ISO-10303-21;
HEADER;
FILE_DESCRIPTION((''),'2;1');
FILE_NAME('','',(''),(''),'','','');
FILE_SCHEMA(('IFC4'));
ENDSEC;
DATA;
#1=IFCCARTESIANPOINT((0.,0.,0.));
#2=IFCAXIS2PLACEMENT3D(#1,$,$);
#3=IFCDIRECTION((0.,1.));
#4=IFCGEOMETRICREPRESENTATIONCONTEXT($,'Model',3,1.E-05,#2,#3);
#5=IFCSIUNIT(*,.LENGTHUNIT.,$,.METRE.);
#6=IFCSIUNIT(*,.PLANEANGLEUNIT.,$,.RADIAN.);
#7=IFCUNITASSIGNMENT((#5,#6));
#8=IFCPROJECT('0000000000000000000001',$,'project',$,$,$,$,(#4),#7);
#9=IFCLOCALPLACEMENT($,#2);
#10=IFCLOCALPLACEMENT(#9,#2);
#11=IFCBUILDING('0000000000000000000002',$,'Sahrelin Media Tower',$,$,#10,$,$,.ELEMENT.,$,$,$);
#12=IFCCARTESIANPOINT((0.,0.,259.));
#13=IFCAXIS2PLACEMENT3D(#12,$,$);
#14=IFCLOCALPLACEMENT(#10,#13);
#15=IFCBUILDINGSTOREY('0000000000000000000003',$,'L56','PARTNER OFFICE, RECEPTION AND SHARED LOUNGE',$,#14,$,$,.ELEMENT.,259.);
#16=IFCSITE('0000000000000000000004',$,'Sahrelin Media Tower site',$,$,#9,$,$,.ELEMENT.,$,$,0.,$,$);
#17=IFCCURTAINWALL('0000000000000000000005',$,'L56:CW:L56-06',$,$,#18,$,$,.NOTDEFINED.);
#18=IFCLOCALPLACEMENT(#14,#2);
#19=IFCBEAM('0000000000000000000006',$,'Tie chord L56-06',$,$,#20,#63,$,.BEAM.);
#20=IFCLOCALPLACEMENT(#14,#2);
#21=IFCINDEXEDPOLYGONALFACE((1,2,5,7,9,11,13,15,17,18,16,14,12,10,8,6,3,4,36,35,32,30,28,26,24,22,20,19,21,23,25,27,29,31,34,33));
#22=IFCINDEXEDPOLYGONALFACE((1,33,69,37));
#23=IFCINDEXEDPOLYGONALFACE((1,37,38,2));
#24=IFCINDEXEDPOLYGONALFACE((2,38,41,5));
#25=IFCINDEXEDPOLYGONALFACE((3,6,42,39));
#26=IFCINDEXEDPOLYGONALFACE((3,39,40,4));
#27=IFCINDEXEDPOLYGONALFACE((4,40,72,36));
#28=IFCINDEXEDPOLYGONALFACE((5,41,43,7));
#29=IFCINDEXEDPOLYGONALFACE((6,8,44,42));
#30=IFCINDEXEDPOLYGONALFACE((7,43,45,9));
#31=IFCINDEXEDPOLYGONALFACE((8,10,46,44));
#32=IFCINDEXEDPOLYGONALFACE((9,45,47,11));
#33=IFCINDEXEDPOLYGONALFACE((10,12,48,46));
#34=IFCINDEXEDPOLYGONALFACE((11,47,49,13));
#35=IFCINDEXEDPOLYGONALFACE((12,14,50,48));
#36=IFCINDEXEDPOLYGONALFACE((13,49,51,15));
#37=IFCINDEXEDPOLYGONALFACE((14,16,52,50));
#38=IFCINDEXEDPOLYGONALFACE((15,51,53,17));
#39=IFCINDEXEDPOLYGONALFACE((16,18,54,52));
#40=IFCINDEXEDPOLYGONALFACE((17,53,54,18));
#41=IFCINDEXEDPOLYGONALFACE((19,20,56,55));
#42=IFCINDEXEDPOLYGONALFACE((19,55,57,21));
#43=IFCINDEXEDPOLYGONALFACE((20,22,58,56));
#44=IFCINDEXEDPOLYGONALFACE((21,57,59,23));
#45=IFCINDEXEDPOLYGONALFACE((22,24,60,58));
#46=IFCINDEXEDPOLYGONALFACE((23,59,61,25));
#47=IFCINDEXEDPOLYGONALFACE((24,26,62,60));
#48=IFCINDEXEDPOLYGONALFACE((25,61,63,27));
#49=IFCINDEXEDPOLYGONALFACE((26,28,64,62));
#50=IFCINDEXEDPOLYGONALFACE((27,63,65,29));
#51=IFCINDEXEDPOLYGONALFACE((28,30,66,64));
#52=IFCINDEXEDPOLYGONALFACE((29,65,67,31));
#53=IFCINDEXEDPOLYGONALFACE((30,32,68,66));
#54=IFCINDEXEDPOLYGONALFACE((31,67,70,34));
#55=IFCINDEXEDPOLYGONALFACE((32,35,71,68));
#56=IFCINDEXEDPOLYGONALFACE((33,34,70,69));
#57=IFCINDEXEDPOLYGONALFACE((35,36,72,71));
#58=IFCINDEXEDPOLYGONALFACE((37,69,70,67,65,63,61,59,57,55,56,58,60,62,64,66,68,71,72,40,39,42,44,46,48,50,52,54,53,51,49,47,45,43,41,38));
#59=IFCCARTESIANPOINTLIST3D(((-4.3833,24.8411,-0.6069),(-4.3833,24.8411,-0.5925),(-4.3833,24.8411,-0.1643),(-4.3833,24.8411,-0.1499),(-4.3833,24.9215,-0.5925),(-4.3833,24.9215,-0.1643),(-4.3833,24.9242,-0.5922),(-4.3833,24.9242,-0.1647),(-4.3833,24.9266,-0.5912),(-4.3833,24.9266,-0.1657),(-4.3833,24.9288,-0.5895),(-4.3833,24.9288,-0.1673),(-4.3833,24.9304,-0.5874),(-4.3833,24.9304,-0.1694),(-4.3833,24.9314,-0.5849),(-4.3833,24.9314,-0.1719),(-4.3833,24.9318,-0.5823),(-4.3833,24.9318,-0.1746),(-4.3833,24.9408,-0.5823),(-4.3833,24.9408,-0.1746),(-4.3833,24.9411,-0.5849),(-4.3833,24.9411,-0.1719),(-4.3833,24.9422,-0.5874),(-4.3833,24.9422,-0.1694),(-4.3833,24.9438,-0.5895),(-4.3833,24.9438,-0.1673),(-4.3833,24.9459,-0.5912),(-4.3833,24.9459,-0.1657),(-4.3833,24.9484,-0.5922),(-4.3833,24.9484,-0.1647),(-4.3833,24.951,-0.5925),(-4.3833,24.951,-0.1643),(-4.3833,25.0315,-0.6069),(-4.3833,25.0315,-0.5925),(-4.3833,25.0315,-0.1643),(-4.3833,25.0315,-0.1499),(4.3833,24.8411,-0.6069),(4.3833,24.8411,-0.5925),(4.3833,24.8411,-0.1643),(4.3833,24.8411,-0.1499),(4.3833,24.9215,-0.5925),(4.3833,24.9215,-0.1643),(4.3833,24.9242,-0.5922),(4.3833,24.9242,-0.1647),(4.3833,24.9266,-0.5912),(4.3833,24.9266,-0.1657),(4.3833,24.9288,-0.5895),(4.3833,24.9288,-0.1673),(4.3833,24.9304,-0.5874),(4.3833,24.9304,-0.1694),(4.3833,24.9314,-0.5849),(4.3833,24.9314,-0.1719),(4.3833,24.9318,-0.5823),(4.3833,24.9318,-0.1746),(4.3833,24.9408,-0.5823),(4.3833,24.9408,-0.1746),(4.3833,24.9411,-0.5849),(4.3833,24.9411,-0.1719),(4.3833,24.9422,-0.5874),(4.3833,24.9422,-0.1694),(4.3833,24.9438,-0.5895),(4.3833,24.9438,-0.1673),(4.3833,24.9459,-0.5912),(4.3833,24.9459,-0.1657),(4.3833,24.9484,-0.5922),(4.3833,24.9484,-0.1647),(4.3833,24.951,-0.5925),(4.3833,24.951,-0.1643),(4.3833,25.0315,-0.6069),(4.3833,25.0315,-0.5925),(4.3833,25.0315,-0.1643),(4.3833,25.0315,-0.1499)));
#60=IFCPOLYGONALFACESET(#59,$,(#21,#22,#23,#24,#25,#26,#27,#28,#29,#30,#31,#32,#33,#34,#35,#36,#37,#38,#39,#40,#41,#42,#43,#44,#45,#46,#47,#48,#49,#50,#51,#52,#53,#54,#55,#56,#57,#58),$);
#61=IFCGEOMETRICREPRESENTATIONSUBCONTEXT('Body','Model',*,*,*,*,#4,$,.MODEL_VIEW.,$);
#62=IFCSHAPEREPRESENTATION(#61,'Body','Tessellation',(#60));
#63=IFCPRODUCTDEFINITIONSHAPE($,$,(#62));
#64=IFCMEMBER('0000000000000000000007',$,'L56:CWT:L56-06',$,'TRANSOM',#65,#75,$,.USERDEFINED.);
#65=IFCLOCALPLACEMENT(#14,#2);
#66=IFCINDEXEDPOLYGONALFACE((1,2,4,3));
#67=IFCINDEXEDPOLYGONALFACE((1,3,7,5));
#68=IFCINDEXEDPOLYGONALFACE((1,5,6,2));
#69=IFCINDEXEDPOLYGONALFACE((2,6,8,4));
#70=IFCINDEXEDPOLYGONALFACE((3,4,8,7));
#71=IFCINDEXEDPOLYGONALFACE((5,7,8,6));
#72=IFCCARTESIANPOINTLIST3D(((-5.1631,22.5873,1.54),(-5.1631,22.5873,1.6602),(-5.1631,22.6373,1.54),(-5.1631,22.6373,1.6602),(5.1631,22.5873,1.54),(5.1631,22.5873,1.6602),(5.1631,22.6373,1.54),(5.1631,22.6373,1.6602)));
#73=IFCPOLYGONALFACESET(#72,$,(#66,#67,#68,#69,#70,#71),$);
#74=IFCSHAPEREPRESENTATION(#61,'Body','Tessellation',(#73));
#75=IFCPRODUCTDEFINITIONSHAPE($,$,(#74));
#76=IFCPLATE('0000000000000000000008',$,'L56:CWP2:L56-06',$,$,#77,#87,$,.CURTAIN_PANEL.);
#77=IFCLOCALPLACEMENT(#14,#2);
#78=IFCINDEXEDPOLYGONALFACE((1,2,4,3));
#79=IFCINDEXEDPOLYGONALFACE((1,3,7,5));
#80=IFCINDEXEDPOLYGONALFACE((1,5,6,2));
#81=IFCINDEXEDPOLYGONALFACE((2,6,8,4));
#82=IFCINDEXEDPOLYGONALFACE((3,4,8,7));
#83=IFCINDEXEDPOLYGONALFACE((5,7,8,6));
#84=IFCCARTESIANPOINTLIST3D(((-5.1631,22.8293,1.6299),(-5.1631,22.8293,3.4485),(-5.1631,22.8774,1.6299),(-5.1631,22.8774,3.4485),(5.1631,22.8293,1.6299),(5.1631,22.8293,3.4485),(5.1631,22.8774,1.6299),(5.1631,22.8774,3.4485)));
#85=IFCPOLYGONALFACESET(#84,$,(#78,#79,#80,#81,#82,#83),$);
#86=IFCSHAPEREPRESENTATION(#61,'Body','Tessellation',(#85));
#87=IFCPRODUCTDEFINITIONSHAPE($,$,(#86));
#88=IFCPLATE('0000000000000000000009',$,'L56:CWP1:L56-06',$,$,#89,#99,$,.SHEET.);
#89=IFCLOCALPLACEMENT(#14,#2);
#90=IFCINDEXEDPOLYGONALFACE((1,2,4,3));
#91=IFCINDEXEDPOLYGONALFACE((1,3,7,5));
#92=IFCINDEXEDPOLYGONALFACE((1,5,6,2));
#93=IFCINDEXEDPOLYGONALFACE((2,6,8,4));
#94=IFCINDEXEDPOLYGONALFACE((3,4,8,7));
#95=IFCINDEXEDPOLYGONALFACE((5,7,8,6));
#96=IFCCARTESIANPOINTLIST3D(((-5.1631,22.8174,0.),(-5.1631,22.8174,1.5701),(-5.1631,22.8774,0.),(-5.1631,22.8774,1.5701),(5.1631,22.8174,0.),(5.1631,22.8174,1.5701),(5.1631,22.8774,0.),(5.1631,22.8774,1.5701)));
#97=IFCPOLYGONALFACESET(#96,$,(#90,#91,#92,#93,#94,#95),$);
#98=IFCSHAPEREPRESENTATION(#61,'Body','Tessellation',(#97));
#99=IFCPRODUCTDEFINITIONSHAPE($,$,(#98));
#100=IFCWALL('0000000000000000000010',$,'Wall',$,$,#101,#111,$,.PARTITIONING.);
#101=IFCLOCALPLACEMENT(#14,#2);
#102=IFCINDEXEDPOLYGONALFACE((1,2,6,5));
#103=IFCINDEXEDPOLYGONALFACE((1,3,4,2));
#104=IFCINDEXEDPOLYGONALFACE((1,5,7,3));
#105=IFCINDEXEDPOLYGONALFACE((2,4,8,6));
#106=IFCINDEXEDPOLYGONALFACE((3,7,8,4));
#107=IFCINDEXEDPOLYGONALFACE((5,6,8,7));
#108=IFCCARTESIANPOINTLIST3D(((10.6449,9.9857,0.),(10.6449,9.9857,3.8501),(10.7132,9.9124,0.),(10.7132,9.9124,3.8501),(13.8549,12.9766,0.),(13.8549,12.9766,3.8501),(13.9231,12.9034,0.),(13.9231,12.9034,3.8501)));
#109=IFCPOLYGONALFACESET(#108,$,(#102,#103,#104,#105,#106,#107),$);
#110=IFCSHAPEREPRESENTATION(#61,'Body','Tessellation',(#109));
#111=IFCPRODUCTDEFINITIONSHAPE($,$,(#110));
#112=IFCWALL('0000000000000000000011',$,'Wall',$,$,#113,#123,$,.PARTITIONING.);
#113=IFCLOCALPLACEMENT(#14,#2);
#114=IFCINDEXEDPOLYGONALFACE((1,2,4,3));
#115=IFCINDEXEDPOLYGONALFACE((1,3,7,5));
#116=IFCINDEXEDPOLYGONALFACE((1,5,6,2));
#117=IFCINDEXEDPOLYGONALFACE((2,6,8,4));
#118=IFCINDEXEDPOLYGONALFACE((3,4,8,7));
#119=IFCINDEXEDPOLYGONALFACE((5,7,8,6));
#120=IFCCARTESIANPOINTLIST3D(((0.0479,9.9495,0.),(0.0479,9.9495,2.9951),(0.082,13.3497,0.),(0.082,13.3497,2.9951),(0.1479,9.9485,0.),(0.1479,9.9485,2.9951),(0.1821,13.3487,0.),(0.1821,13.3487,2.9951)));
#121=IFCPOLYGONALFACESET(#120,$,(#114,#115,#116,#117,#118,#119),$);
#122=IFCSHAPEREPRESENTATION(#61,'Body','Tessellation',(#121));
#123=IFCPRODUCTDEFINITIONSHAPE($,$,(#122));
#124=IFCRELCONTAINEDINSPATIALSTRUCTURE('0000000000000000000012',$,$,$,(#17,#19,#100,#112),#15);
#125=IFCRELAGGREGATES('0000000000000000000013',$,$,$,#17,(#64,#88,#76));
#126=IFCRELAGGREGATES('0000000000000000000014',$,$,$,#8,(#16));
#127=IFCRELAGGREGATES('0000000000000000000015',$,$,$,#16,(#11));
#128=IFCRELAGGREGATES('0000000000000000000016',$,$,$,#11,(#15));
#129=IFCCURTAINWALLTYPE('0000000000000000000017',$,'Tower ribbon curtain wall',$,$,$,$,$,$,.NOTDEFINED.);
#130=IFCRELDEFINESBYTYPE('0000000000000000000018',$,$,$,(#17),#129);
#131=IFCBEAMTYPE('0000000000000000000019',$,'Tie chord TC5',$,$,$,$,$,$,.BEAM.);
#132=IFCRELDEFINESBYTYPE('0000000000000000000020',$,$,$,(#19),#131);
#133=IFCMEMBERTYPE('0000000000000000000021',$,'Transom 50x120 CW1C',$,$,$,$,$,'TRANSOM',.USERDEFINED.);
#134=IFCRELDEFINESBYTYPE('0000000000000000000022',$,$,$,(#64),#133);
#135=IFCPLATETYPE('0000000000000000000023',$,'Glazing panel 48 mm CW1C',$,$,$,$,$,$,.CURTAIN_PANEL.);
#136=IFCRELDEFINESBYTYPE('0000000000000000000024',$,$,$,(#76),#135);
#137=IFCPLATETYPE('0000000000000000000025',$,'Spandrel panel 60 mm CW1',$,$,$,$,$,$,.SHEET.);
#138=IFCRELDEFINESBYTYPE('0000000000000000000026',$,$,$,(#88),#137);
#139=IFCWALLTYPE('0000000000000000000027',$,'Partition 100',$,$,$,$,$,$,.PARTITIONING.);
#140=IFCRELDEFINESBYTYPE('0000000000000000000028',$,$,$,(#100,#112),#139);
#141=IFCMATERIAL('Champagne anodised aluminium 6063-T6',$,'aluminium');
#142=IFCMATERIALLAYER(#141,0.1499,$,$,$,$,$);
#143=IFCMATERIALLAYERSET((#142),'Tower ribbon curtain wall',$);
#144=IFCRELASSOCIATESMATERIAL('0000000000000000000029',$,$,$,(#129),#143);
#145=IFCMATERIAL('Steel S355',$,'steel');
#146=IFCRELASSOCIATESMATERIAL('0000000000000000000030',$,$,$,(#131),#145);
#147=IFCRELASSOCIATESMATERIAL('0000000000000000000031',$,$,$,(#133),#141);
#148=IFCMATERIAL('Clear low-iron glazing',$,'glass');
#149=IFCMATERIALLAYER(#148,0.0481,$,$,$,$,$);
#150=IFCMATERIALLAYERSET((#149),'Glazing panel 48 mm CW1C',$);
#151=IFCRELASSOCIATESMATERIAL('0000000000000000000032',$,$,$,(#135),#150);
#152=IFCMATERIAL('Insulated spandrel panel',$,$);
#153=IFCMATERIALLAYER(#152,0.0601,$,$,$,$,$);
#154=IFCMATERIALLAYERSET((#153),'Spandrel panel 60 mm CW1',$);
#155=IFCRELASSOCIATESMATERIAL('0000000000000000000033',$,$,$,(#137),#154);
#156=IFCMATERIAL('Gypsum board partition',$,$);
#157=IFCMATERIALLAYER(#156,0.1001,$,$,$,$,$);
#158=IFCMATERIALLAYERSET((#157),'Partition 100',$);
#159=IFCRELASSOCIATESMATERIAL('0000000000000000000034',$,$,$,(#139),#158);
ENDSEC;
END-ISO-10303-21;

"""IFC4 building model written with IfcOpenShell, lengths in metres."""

from ifc_helpers import new_model, si_unit, direction, frame, frame_2d, origin, origin_2d, place, context, subcontext, project, spatial, polyline, rectangle, i_section, outline, extrude, material, layer, layer_set, material_profile, profile_set, type_object, element, aggregate, save


model = new_model("IFC4")

# Units and contexts
model_context = context("Model", 3, precision=1e-05, world=origin(), true_north=direction((0.0, 1.0)))
body_context = subcontext(model_context, "Body", "Model", "MODEL_VIEW")
ifc_project = project(units=[si_unit("LENGTHUNIT", "METRE"), si_unit("PLANEANGLEUNIT", "RADIAN")], contexts=[model_context])

# Site, building, storey
site_placement = place(None, origin())
site = spatial("IfcSite", under=ifc_project, at=site_placement, Name="Sahrelin Media Tower site", CompositionType="ELEMENT", RefElevation=0.0)
building_placement = place(site_placement, origin())
building = spatial("IfcBuilding", under=site, at=building_placement, Name="Sahrelin Media Tower", CompositionType="ELEMENT")
storey_placement = place(building_placement, frame((0.0, 0.0, 259.0)))
storey = spatial("IfcBuildingStorey", under=building, at=storey_placement, Name="L56", Description="PARTNER OFFICE, RECEPTION AND SHARED LOUNGE", CompositionType="ELEMENT", Elevation=259.0)

# Shared definitions
ifc_material_1 = material(Name="Steel S355", Category="steel")

# Curtain wall
ifc_material_2 = material(Name="Champagne anodised aluminium 6063-T6", Category="aluminium")
ifc_layer_1 = layer(ifc_material_2, 0.1499)
ifc_layer_set_1 = layer_set([ifc_layer_1], Name="Tower ribbon curtain wall")
curtain_wall_type = type_object("IfcCurtainWallType", Name="Tower ribbon curtain wall", PredefinedType="NOTDEFINED", material=ifc_layer_set_1)
placement_1 = place(storey_placement, frame((0.0, 22.8574, 0.0), z_axis=(0.0, 0.0, 1.0), x_axis=(1.0, 0.0, 0.0)))
curtain_wall_1 = element("IfcCurtainWall", 1, at=placement_1, inside=storey, type_object=curtain_wall_type, Name="L56:CW:L56-06", PredefinedType="NOTDEFINED")

# Beam
ifc_material_profile_1 = material_profile(ifc_material_1, i_section(OverallWidth=0.1904, OverallDepth=0.457, WebThickness=0.009, FlangeThickness=0.0144, FilletRadius=0.0103, at=origin_2d()), Name="UB 457x191x74")
ifc_profile_set_1 = profile_set([ifc_material_profile_1], Name="Steel S355")
beam_type_1 = type_object("IfcBeamType", Name="Tie chord TC5", PredefinedType="BEAM", material=ifc_profile_set_1)
beam_1_placement = place(storey_placement, frame((4.3833, 24.9363, -0.3784), z_axis=(-1.0, 0.0, 0.0), x_axis=(0.0, -1.0, 0.0)))
element("IfcBeam", 2, at=beam_1_placement, inside=storey, type_object=beam_type_1, Name="Tie chord L56-06", PredefinedType="BEAM", context=body_context, shape_type="SweptSolid", body=[
    extrude(i_section(OverallWidth=0.1904, OverallDepth=0.457, WebThickness=0.009, FlangeThickness=0.0144, FilletRadius=0.0103, at=origin_2d()), origin(), (0.0, 0.0, 1.0), 8.7666),
])

# Member
ifc_material_profile_2 = material_profile(ifc_material_2, rectangle(XDim=0.05, YDim=0.1201, at=origin_2d()), Name="Transom 50x120")
ifc_profile_set_2 = profile_set([ifc_material_profile_2], Name="Champagne anodised aluminium 6063-T6")
member_type_1 = type_object("IfcMemberType", Name="Transom 50x120 CW1C", ElementType="TRANSOM", PredefinedType="USERDEFINED", material=ifc_profile_set_2)
member_1_placement = place(storey_placement, frame((5.1631, 22.6123, 1.6001), z_axis=(-1.0, 0.0, 0.0), x_axis=(0.0, -1.0, 0.0)))
member_1 = element("IfcMember", 3, at=member_1_placement, type_object=member_type_1, Name="L56:CWT:L56-06", ObjectType="TRANSOM", PredefinedType="USERDEFINED", context=body_context, shape_type="SweptSolid", body=[
    extrude(rectangle(XDim=0.05, YDim=0.1201, at=origin_2d()), origin(), (0.0, 0.0, 1.0), 10.3262),
])

# Plates
ifc_material_3 = material(Name="Clear low-iron glazing", Category="glass")
ifc_layer_2 = layer(ifc_material_3, 0.0481)
ifc_layer_set_2 = layer_set([ifc_layer_2], Name="Glazing panel 48 mm CW1C")
plate_type_1 = type_object("IfcPlateType", Name="Glazing panel 48 mm CW1C", PredefinedType="CURTAIN_PANEL", material=ifc_layer_set_2)
plate_1_placement = place(storey_placement, frame((5.1631, 22.8774, 1.6299), z_axis=(0.0, 1.0, 0.0), x_axis=(-1.0, 0.0, 0.0)))
plate_1 = element("IfcPlate", 4, at=plate_1_placement, type_object=plate_type_1, Name="L56:CWP2:L56-06", PredefinedType="CURTAIN_PANEL", context=body_context, shape_type="SweptSolid", body=[
    extrude(outline(polyline([(0.0, 0.0), (10.3262, 0.0), (10.3262, 1.8186), (0.0, 1.8186), (0.0, 0.0)])), origin(), (0.0, 0.0, -1.0), 0.0481),
])
ifc_material_4 = material(Name="Insulated spandrel panel")
ifc_layer_3 = layer(ifc_material_4, 0.0601)
ifc_layer_set_3 = layer_set([ifc_layer_3], Name="Spandrel panel 60 mm CW1")
plate_type_2 = type_object("IfcPlateType", Name="Spandrel panel 60 mm CW1", PredefinedType="SHEET", material=ifc_layer_set_3)
plate_2_placement = place(storey_placement, frame((5.1631, 22.8774, 0.0), z_axis=(0.0, 1.0, 0.0), x_axis=(-1.0, 0.0, 0.0)))
plate_2 = element("IfcPlate", 5, at=plate_2_placement, type_object=plate_type_2, Name="L56:CWP1:L56-06", PredefinedType="SHEET", context=body_context, shape_type="SweptSolid", body=[
    extrude(outline(polyline([(0.0, 0.0), (10.3262, 0.0), (10.3262, 1.5701), (0.0, 1.5701), (0.0, 0.0)])), origin(), (0.0, 0.0, -1.0), 0.0601),
])
aggregate(curtain_wall_1, [member_1, plate_2, plate_1])

# Walls
ifc_material_5 = material(Name="Gypsum board partition")
ifc_layer_4 = layer(ifc_material_5, 0.1001)
ifc_layer_set_4 = layer_set([ifc_layer_4], Name="Partition 100")
wall_type = type_object("IfcWallType", Name="Partition 100", PredefinedType="PARTITIONING", material=ifc_layer_set_4)
wall_1_placement = place(storey_placement, frame((10.679, 9.949, 0.0), z_axis=(0.0, 0.0, 1.0), x_axis=(0.731623, 0.681709, 0.0)))
element("IfcWall", 6, at=wall_1_placement, inside=storey, type_object=wall_type, Name="Wall", PredefinedType="PARTITIONING", context=body_context, shape_type="SweptSolid", body=[
    extrude(rectangle(XDim=4.3875, YDim=0.1001, at=frame_2d((2.1938, 0.0))), origin(), (0.0, 0.0, 1.0), 3.8501),
])
wall_2_placement = place(storey_placement, frame((0.0979, 9.949, 0.0), z_axis=(0.0, 0.0, 1.0), x_axis=(0.010052, 0.999949, 0.0)))
element("IfcWall", 7, at=wall_2_placement, inside=storey, type_object=wall_type, Name="Wall", PredefinedType="PARTITIONING", context=body_context, shape_type="SweptSolid", body=[
    extrude(rectangle(XDim=3.4004, YDim=0.1001, at=frame_2d((1.7002, 0.0))), origin(), (0.0, 0.0, 1.0), 2.9951),
])

save(model, "model.ifc")
